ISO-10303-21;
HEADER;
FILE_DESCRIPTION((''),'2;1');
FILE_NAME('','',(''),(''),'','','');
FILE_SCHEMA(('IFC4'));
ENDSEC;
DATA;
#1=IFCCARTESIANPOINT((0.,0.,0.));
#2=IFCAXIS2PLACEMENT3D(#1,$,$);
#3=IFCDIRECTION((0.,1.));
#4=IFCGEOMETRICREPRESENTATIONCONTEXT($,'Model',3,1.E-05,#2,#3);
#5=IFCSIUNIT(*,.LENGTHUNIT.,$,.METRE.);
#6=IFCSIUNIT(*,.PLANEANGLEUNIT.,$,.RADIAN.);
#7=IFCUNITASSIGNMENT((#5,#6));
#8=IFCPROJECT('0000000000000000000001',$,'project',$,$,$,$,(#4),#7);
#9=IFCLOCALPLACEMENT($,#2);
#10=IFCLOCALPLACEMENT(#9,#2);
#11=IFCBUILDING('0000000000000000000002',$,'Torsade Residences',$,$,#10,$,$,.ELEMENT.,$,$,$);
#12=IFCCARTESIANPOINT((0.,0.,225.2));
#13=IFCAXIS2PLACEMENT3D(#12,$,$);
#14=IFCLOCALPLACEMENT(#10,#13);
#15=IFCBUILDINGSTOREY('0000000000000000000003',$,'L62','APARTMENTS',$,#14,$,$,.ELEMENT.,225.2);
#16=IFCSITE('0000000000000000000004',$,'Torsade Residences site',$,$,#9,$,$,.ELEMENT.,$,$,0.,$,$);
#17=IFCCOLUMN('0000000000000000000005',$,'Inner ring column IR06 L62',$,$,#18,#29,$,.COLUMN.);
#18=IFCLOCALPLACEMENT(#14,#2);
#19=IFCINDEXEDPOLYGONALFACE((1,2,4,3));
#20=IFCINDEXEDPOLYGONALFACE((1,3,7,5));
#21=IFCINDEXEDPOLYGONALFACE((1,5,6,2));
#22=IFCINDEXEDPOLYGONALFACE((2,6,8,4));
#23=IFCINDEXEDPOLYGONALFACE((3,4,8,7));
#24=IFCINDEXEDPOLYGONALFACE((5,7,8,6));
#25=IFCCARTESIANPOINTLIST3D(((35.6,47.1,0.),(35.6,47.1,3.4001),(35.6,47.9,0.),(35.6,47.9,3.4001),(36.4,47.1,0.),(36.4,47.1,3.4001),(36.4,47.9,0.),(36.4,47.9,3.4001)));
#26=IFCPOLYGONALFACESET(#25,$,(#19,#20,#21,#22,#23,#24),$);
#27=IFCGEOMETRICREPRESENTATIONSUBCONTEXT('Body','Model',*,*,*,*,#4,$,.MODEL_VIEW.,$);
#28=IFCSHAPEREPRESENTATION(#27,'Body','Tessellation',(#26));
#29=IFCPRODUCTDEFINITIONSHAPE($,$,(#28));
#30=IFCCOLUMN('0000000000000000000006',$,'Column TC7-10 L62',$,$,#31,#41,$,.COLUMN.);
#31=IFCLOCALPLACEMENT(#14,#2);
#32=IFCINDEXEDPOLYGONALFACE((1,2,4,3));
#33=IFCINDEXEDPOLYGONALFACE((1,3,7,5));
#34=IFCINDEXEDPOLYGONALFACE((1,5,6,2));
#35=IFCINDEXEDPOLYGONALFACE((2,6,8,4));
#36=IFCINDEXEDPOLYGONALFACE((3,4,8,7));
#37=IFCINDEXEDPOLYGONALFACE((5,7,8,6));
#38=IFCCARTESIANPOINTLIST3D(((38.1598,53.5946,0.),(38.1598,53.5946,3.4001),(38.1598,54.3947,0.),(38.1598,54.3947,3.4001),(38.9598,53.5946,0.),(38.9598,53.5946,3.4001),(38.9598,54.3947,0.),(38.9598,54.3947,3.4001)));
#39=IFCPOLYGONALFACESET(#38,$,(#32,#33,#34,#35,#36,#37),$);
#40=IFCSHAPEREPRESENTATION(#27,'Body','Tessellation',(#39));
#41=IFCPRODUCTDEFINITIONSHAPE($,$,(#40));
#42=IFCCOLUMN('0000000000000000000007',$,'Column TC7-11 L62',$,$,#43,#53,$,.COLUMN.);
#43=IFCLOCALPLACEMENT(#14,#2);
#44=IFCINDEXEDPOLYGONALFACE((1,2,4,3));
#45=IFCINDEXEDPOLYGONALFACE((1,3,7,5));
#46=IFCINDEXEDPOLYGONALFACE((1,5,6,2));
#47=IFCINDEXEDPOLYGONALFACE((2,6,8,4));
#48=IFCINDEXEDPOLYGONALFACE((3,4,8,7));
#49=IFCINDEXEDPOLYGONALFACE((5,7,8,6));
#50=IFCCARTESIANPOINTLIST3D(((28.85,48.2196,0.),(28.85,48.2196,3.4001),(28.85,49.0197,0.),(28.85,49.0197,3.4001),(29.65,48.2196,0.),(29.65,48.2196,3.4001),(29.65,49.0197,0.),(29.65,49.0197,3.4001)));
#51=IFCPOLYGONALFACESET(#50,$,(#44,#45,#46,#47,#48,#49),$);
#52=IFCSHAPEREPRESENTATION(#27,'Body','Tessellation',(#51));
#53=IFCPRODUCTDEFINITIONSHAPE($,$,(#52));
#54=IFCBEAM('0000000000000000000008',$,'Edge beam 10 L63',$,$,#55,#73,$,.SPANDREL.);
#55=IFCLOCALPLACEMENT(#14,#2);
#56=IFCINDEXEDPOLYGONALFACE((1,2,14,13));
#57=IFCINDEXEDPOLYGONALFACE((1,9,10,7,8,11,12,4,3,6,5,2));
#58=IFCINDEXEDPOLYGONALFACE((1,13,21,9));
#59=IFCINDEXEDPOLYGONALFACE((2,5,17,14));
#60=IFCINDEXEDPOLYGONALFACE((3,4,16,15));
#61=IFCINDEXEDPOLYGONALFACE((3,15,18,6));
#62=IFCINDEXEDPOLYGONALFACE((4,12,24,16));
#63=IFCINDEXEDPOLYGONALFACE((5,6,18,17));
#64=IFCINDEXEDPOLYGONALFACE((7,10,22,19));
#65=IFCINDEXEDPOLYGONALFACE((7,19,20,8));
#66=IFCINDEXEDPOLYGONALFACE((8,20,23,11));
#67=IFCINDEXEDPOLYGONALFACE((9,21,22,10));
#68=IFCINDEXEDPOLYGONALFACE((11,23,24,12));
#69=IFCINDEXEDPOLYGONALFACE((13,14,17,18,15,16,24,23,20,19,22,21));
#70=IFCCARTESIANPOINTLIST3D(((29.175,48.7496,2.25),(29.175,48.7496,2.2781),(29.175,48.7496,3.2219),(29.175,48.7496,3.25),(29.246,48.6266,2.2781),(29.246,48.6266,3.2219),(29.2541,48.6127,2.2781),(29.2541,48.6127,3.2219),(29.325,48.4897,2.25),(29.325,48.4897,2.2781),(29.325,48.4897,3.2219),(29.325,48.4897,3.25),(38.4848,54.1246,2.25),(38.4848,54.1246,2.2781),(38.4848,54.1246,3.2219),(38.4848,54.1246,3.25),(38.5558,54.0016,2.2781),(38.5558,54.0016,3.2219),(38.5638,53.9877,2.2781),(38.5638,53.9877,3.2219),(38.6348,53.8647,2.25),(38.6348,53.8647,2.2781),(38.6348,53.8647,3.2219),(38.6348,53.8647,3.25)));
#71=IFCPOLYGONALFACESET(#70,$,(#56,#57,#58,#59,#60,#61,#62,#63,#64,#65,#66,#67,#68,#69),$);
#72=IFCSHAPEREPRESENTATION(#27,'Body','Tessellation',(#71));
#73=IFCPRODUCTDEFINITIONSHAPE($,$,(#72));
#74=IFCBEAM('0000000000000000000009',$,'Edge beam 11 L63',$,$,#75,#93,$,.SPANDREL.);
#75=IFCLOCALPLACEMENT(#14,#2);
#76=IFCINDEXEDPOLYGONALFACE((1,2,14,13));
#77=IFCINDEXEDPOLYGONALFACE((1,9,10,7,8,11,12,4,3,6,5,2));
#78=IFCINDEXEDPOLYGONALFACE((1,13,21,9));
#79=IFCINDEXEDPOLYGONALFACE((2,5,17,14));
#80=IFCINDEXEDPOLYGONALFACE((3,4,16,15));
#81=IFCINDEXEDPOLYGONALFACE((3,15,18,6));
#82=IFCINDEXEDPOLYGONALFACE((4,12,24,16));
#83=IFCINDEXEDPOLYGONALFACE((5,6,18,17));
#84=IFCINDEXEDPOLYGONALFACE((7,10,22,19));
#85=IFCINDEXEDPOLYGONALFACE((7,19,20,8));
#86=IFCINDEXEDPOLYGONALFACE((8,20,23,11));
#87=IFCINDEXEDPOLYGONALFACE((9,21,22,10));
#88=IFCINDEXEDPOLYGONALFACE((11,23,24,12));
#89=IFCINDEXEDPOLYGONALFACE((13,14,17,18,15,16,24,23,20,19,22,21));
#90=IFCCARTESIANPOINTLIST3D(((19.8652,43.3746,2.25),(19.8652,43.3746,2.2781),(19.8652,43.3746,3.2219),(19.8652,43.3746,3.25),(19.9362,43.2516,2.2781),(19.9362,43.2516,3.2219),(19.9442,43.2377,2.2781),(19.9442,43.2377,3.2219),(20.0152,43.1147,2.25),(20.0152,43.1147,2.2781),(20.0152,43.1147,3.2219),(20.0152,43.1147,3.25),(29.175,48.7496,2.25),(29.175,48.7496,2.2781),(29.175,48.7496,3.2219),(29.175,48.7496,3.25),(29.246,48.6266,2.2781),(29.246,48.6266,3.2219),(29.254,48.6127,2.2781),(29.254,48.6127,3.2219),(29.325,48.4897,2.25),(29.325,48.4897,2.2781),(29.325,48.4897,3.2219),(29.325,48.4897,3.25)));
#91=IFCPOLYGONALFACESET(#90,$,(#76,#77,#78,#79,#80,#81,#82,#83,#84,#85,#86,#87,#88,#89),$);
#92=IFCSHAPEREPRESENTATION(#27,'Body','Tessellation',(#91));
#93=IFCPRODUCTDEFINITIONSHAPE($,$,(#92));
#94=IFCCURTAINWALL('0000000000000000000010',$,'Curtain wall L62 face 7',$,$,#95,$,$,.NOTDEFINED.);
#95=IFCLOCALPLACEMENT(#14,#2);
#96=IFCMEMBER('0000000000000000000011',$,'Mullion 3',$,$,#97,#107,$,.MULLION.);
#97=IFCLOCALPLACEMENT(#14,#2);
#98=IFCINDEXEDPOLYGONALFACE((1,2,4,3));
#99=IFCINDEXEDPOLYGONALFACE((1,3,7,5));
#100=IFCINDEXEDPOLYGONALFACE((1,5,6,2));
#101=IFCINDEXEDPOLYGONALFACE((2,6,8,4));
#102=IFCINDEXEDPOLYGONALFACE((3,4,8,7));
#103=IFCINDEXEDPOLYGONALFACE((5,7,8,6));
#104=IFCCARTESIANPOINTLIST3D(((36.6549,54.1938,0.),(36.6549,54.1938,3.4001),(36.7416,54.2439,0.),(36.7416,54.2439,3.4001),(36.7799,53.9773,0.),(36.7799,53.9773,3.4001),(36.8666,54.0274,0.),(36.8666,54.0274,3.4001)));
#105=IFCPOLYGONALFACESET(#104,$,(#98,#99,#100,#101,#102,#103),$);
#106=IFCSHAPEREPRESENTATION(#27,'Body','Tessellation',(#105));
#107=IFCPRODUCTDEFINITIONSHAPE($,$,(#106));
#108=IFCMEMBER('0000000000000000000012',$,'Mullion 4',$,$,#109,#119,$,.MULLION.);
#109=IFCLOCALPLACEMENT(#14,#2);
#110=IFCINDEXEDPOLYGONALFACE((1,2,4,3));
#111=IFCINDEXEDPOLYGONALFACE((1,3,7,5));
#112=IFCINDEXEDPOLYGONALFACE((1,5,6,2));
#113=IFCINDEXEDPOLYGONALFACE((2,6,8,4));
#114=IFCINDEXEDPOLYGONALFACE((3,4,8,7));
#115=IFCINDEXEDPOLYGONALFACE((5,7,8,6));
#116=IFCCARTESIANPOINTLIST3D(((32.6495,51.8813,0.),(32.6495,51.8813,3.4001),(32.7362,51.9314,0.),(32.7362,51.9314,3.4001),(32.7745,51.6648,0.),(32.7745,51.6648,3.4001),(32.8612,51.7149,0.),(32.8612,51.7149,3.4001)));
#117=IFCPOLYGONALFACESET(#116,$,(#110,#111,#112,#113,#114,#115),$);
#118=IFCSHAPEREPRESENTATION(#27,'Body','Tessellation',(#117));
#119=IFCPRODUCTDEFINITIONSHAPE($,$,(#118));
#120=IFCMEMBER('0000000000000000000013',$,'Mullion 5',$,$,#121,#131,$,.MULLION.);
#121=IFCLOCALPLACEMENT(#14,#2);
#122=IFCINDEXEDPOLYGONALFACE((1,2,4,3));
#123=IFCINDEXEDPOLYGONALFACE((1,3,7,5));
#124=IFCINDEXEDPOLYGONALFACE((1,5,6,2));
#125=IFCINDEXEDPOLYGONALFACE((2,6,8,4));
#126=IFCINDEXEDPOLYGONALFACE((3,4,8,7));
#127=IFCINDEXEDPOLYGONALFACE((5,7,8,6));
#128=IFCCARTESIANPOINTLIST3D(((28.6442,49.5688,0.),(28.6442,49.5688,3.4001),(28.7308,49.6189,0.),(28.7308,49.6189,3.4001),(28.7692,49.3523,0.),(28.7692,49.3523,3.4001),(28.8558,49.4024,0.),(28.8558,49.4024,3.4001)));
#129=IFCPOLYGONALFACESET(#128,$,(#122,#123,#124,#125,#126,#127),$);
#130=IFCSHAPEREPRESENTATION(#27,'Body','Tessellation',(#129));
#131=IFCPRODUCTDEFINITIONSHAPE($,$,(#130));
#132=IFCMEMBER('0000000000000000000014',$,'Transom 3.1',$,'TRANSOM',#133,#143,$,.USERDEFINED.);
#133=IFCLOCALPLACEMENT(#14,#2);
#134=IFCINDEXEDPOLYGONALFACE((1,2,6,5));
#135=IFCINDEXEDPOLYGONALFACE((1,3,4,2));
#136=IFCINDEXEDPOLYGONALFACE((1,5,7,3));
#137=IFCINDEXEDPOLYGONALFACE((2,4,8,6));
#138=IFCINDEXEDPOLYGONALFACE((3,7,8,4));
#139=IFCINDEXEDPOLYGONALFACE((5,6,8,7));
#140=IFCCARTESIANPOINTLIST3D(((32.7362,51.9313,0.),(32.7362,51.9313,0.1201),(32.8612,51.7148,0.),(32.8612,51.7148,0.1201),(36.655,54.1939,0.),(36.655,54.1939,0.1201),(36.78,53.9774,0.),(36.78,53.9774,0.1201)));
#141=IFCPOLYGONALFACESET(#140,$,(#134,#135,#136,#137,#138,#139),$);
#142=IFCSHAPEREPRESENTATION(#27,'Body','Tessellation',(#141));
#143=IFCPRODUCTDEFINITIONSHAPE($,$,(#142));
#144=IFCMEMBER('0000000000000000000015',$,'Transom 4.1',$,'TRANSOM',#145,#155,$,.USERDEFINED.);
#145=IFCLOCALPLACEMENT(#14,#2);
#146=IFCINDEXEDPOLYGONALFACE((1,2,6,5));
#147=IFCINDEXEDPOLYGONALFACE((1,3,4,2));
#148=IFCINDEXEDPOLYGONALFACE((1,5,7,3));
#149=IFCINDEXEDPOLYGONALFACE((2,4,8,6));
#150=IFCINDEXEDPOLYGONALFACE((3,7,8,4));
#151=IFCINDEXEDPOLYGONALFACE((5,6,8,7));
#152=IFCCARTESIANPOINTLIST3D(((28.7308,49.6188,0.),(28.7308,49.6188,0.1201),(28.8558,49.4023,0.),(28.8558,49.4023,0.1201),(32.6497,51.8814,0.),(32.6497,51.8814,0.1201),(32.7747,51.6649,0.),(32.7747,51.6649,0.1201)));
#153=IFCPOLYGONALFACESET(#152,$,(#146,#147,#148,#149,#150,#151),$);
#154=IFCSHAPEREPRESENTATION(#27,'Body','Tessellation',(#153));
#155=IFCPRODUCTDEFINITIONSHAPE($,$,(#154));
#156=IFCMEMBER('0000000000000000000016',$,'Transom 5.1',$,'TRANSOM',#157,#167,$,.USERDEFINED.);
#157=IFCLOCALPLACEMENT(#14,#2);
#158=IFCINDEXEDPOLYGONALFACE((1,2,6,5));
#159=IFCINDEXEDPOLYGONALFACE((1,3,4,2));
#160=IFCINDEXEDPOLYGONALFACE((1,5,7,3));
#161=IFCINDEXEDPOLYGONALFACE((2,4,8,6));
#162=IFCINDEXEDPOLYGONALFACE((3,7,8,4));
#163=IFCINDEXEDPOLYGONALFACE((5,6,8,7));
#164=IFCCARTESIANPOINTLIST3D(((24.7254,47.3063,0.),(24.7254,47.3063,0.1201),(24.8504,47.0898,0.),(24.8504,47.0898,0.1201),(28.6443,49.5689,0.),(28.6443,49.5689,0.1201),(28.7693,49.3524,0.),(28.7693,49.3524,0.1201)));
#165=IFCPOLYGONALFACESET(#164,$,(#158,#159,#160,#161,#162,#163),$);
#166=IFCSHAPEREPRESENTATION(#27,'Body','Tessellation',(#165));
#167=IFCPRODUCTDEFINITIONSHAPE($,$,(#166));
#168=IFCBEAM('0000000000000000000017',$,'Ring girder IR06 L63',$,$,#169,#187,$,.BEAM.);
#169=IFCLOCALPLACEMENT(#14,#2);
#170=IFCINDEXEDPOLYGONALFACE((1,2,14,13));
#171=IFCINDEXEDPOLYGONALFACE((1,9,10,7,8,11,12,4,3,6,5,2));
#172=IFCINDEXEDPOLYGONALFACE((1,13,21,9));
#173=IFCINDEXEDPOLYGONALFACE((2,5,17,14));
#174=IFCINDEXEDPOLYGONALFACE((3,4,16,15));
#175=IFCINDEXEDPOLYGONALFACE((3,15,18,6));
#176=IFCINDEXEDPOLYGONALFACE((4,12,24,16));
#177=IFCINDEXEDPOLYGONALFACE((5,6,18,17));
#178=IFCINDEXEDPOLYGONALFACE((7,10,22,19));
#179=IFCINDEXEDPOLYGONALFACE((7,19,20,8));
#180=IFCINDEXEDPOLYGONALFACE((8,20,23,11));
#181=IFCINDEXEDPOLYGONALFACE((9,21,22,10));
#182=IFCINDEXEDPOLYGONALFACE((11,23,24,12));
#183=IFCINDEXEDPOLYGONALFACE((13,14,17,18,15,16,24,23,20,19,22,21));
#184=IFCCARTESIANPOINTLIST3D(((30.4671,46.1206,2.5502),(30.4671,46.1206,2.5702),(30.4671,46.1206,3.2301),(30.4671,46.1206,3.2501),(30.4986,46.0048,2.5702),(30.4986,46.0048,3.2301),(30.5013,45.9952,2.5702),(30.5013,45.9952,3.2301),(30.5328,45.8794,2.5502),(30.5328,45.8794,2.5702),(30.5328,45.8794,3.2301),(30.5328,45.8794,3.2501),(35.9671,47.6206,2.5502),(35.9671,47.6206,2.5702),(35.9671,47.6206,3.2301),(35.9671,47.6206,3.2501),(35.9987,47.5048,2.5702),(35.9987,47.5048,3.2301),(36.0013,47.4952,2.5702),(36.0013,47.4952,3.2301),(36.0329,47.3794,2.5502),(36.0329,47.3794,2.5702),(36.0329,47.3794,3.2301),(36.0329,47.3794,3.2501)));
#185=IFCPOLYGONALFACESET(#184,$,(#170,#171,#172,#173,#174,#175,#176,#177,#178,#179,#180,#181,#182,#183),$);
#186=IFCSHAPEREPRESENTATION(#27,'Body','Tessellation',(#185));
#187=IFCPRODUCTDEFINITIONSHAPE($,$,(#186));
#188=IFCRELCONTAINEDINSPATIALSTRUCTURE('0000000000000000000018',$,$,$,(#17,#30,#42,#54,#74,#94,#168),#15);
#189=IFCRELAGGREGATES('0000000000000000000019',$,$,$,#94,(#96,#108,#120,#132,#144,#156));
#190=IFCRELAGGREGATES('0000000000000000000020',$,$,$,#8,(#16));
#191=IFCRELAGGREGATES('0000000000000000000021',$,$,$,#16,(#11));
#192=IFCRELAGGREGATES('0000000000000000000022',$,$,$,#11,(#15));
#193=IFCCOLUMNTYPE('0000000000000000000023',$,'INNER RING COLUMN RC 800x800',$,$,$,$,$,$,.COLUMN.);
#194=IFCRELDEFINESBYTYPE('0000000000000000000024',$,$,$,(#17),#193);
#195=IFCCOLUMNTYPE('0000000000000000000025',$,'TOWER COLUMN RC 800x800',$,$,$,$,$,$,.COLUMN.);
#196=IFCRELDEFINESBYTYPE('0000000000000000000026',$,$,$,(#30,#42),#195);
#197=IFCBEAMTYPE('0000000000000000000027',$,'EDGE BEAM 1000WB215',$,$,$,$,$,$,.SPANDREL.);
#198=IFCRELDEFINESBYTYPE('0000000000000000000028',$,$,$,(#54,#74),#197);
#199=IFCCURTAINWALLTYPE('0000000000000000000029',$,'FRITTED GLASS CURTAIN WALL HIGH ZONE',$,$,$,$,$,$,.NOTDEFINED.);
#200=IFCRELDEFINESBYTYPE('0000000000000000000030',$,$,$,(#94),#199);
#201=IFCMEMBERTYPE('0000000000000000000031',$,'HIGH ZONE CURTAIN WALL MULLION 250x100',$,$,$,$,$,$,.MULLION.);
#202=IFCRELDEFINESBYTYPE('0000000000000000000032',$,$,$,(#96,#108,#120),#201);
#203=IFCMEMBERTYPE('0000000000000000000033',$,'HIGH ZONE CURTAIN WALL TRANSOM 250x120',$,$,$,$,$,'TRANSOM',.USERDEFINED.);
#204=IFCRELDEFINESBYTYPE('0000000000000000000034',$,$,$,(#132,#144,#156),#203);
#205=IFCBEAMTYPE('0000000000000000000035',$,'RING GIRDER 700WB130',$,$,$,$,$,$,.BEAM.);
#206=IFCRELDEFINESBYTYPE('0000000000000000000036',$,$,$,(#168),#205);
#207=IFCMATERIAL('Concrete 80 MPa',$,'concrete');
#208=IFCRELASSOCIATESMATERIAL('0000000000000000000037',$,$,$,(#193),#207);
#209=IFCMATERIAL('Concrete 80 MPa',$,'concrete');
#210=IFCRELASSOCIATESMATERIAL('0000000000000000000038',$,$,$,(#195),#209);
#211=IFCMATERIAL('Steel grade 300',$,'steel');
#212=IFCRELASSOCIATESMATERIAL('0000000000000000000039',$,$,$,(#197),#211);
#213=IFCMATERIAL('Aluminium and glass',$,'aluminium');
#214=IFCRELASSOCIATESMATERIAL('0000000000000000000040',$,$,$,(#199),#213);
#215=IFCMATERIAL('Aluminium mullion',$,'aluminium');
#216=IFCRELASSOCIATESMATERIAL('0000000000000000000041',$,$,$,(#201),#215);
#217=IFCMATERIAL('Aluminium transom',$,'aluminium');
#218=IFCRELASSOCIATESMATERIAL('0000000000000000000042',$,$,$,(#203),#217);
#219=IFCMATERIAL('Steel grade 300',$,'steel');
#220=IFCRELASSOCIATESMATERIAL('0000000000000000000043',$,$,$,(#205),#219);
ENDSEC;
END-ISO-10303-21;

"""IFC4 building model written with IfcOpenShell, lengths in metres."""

from ifc_helpers import new_model, si_unit, direction, frame, origin, origin_2d, place, context, subcontext, project, spatial, rectangle, i_section, extrude, material, material_profile, profile_set, type_object, element, aggregate, save


model = new_model("IFC4")

# Units and contexts
model_context = context("Model", 3, precision=1e-05, world=origin(), true_north=direction((0.0, 1.0)))
body_context = subcontext(model_context, "Body", "Model", "MODEL_VIEW")
ifc_project = project(units=[si_unit("LENGTHUNIT", "METRE"), si_unit("PLANEANGLEUNIT", "RADIAN")], contexts=[model_context])

# Site, building, storey
site_placement = place(None, origin())
site = spatial("IfcSite", under=ifc_project, at=site_placement, Name="Torsade Residences site", CompositionType="ELEMENT", RefElevation=0.0)
building_placement = place(site_placement, origin())
building = spatial("IfcBuilding", under=site, at=building_placement, Name="Torsade Residences", CompositionType="ELEMENT")
storey_placement = place(building_placement, frame((0.0, 0.0, 225.2)))
storey = spatial("IfcBuildingStorey", under=building, at=storey_placement, Name="L62", Description="APARTMENTS", CompositionType="ELEMENT", Elevation=225.2)

# Columns
ifc_material_1 = material(Name="Concrete 80 MPa", Category="concrete")
ifc_material_profile_1 = material_profile(ifc_material_1, rectangle(XDim=0.8, YDim=0.8, at=origin_2d()), Name="RC 800x800")
ifc_profile_set_1 = profile_set([ifc_material_profile_1], Name="Concrete 80 MPa")
column_type_1 = type_object("IfcColumnType", Name="INNER RING COLUMN RC 800x800", PredefinedType="COLUMN", material=ifc_profile_set_1)
column_placement = place(storey_placement, frame((36.0, 47.5, 0.0), z_axis=(0.0, 0.0, 1.0), x_axis=(1.0, 0.0, 0.0)))
element("IfcColumn", 1, at=column_placement, inside=storey, type_object=column_type_1, Name="Inner ring column IR06 L62", PredefinedType="COLUMN", context=body_context, shape_type="SweptSolid", body=[
    extrude(rectangle(XDim=0.8, YDim=0.8, at=origin_2d()), origin(), (0.0, 0.0, 1.0), 3.4001),
])
ifc_material_2 = material(Name="Concrete 80 MPa", Category="concrete")
ifc_material_profile_2 = material_profile(ifc_material_2, rectangle(XDim=0.8, YDim=0.8, at=origin_2d()), Name="RC 800x800")
ifc_profile_set_2 = profile_set([ifc_material_profile_2], Name="Concrete 80 MPa")
column_type_2 = type_object("IfcColumnType", Name="TOWER COLUMN RC 800x800", PredefinedType="COLUMN", material=ifc_profile_set_2)
for number, where, z_axis, x_axis, name in (
    (2, (38.5598, 53.9946, 0.0), (0.0, 0.0, 1.0), (1.0, 0.0, 0.0), "Column TC7-10 L62"),
    (3, (29.25, 48.6196, 0.0), (0.0, 0.0, 1.0), (1.0, 0.0, 0.0), "Column TC7-11 L62"),
):
    element("IfcColumn", number, at=place(storey_placement, frame(where, z_axis=z_axis, x_axis=x_axis)), inside=storey, type_object=column_type_2, Name=name, PredefinedType="COLUMN", context=body_context, shape_type="SweptSolid", body=[
        extrude(rectangle(XDim=0.8, YDim=0.8, at=origin_2d()), origin(), (0.0, 0.0, 1.0), 3.4001),
    ])

# Beams
ifc_material_3 = material(Name="Steel grade 300", Category="steel")
ifc_material_profile_3 = material_profile(ifc_material_3, i_section(OverallWidth=0.3, OverallDepth=1.0, WebThickness=0.0161, FlangeThickness=0.0281, at=origin_2d()), Name="1000WB215")
ifc_profile_set_3 = profile_set([ifc_material_profile_3], Name="Steel grade 300")
beam_type_1 = type_object("IfcBeamType", Name="EDGE BEAM 1000WB215", PredefinedType="SPANDREL", material=ifc_profile_set_3)
for number, where, z_axis, x_axis, name in (
    (4, (38.5598, 53.9946, 2.75), (-0.866026, -0.499998, 0.0), (0.499998, -0.866026, 0.0), "Edge beam 10 L63"),
    (5, (29.25, 48.6196, 2.75), (-0.866026, -0.499998, 0.0), (0.499998, -0.866026, 0.0), "Edge beam 11 L63"),
):
    element("IfcBeam", number, at=place(storey_placement, frame(where, z_axis=z_axis, x_axis=x_axis)), inside=storey, type_object=beam_type_1, Name=name, PredefinedType="SPANDREL", context=body_context, shape_type="SweptSolid", body=[
        extrude(i_section(OverallWidth=0.3, OverallDepth=1.0, WebThickness=0.0161, FlangeThickness=0.0281, at=origin_2d()), origin(), (0.0, 0.0, 1.0), 10.75),
    ])

# Curtain wall, members
ifc_material_4 = material(Name="Aluminium and glass", Category="aluminium")
curtain_wall_type = type_object("IfcCurtainWallType", Name="FRITTED GLASS CURTAIN WALL HIGH ZONE", PredefinedType="NOTDEFINED", material=ifc_material_4)
curtain_wall_placement = place(storey_placement, origin())
curtain_wall = element("IfcCurtainWall", 6, at=curtain_wall_placement, inside=storey, type_object=curtain_wall_type, Name="Curtain wall L62 face 7", PredefinedType="NOTDEFINED")
ifc_material_5 = material(Name="Aluminium mullion", Category="aluminium")
ifc_material_profile_4 = material_profile(ifc_material_5, rectangle(XDim=0.25, YDim=0.1001, at=origin_2d()), Name="HIGH ZONE CURTAIN WALL MULLION 250x100")
ifc_profile_set_4 = profile_set([ifc_material_profile_4], Name="Aluminium mullion")
member_type_1 = type_object("IfcMemberType", Name="HIGH ZONE CURTAIN WALL MULLION 250x100", PredefinedType="MULLION", material=ifc_profile_set_4)
member_1_placement = place(storey_placement, frame((36.7607, 54.1106, 0.0), z_axis=(0.0, 0.0, 1.0), x_axis=(0.5, -0.866025, 0.0)))
member_1 = element("IfcMember", 7, at=member_1_placement, type_object=member_type_1, Name="Mullion 3", PredefinedType="MULLION", context=body_context, shape_type="SweptSolid", body=[
    extrude(rectangle(XDim=0.25, YDim=0.1001, at=origin_2d()), origin(), (0.0, 0.0, 1.0), 3.4001),
])
member_2_placement = place(storey_placement, frame((32.7554, 51.7981, 0.0), z_axis=(0.0, 0.0, 1.0), x_axis=(0.5, -0.866025, 0.0)))
member_2 = element("IfcMember", 8, at=member_2_placement, type_object=member_type_1, Name="Mullion 4", PredefinedType="MULLION", context=body_context, shape_type="SweptSolid", body=[
    extrude(rectangle(XDim=0.25, YDim=0.1001, at=origin_2d()), origin(), (0.0, 0.0, 1.0), 3.4001),
])
member_3_placement = place(storey_placement, frame((28.75, 49.4856, 0.0), z_axis=(0.0, 0.0, 1.0), x_axis=(0.5, -0.866025, 0.0)))
member_3 = element("IfcMember", 9, at=member_3_placement, type_object=member_type_1, Name="Mullion 5", PredefinedType="MULLION", context=body_context, shape_type="SweptSolid", body=[
    extrude(rectangle(XDim=0.25, YDim=0.1001, at=origin_2d()), origin(), (0.0, 0.0, 1.0), 3.4001),
])
ifc_material_6 = material(Name="Aluminium transom", Category="aluminium")
ifc_material_profile_5 = material_profile(ifc_material_6, rectangle(XDim=0.25, YDim=0.1201, at=origin_2d()), Name="HIGH ZONE CURTAIN WALL TRANSOM 250x120")
ifc_profile_set_5 = profile_set([ifc_material_profile_5], Name="Aluminium transom")
member_type_2 = type_object("IfcMemberType", Name="HIGH ZONE CURTAIN WALL TRANSOM 250x120", ElementType="TRANSOM", PredefinedType="USERDEFINED", material=ifc_profile_set_5)
member_4_placement = place(storey_placement, frame((36.7175, 54.0857, 0.0601), z_axis=(-0.866017, -0.500015, 0.0), x_axis=(0.500015, -0.866017, 0.0)))
member_4 = element("IfcMember", 10, at=member_4_placement, type_object=member_type_2, Name="Transom 3.1", ObjectType="TRANSOM", PredefinedType="USERDEFINED", context=body_context, shape_type="SweptSolid", body=[
    extrude(rectangle(XDim=0.25, YDim=0.1201, at=origin_2d()), origin(), (0.0, 0.0, 1.0), 4.5251),
])
member_5_placement = place(storey_placement, frame((32.7122, 51.7732, 0.0601), z_axis=(-0.866017, -0.500015, 0.0), x_axis=(0.500015, -0.866017, 0.0)))
member_5 = element("IfcMember", 11, at=member_5_placement, type_object=member_type_2, Name="Transom 4.1", ObjectType="TRANSOM", PredefinedType="USERDEFINED", context=body_context, shape_type="SweptSolid", body=[
    extrude(rectangle(XDim=0.25, YDim=0.1201, at=origin_2d()), origin(), (0.0, 0.0, 1.0), 4.5251),
])
member_6_placement = place(storey_placement, frame((28.7068, 49.4607, 0.0601), z_axis=(-0.866017, -0.500015, 0.0), x_axis=(0.500015, -0.866017, 0.0)))
member_6 = element("IfcMember", 12, at=member_6_placement, type_object=member_type_2, Name="Transom 5.1", ObjectType="TRANSOM", PredefinedType="USERDEFINED", context=body_context, shape_type="SweptSolid", body=[
    extrude(rectangle(XDim=0.25, YDim=0.1201, at=origin_2d()), origin(), (0.0, 0.0, 1.0), 4.5251),
])

# Beam
ifc_material_7 = material(Name="Steel grade 300", Category="steel")
ifc_material_profile_6 = material_profile(ifc_material_7, i_section(OverallWidth=0.25, OverallDepth=0.7, WebThickness=0.01, FlangeThickness=0.02, at=origin_2d()), Name="700WB130")
ifc_profile_set_6 = profile_set([ifc_material_profile_6], Name="Steel grade 300")
beam_type_2 = type_object("IfcBeamType", Name="RING GIRDER 700WB130", PredefinedType="BEAM", material=ifc_profile_set_6)
beam_1_placement = place(storey_placement, frame((36.0, 47.5, 2.9001), z_axis=(-0.964764, -0.263117, 0.0), x_axis=(0.263117, -0.964764, 0.0)))
element("IfcBeam", 13, at=beam_1_placement, inside=storey, type_object=beam_type_2, Name="Ring girder IR06 L63", PredefinedType="BEAM", context=body_context, shape_type="SweptSolid", body=[
    extrude(i_section(OverallWidth=0.25, OverallDepth=0.7, WebThickness=0.01, FlangeThickness=0.02, at=origin_2d()), origin(), (0.0, 0.0, 1.0), 5.7009),
])

aggregate(curtain_wall, [member_1, member_2, member_3, member_4, member_5, member_6])

save(model, "model.ifc")
